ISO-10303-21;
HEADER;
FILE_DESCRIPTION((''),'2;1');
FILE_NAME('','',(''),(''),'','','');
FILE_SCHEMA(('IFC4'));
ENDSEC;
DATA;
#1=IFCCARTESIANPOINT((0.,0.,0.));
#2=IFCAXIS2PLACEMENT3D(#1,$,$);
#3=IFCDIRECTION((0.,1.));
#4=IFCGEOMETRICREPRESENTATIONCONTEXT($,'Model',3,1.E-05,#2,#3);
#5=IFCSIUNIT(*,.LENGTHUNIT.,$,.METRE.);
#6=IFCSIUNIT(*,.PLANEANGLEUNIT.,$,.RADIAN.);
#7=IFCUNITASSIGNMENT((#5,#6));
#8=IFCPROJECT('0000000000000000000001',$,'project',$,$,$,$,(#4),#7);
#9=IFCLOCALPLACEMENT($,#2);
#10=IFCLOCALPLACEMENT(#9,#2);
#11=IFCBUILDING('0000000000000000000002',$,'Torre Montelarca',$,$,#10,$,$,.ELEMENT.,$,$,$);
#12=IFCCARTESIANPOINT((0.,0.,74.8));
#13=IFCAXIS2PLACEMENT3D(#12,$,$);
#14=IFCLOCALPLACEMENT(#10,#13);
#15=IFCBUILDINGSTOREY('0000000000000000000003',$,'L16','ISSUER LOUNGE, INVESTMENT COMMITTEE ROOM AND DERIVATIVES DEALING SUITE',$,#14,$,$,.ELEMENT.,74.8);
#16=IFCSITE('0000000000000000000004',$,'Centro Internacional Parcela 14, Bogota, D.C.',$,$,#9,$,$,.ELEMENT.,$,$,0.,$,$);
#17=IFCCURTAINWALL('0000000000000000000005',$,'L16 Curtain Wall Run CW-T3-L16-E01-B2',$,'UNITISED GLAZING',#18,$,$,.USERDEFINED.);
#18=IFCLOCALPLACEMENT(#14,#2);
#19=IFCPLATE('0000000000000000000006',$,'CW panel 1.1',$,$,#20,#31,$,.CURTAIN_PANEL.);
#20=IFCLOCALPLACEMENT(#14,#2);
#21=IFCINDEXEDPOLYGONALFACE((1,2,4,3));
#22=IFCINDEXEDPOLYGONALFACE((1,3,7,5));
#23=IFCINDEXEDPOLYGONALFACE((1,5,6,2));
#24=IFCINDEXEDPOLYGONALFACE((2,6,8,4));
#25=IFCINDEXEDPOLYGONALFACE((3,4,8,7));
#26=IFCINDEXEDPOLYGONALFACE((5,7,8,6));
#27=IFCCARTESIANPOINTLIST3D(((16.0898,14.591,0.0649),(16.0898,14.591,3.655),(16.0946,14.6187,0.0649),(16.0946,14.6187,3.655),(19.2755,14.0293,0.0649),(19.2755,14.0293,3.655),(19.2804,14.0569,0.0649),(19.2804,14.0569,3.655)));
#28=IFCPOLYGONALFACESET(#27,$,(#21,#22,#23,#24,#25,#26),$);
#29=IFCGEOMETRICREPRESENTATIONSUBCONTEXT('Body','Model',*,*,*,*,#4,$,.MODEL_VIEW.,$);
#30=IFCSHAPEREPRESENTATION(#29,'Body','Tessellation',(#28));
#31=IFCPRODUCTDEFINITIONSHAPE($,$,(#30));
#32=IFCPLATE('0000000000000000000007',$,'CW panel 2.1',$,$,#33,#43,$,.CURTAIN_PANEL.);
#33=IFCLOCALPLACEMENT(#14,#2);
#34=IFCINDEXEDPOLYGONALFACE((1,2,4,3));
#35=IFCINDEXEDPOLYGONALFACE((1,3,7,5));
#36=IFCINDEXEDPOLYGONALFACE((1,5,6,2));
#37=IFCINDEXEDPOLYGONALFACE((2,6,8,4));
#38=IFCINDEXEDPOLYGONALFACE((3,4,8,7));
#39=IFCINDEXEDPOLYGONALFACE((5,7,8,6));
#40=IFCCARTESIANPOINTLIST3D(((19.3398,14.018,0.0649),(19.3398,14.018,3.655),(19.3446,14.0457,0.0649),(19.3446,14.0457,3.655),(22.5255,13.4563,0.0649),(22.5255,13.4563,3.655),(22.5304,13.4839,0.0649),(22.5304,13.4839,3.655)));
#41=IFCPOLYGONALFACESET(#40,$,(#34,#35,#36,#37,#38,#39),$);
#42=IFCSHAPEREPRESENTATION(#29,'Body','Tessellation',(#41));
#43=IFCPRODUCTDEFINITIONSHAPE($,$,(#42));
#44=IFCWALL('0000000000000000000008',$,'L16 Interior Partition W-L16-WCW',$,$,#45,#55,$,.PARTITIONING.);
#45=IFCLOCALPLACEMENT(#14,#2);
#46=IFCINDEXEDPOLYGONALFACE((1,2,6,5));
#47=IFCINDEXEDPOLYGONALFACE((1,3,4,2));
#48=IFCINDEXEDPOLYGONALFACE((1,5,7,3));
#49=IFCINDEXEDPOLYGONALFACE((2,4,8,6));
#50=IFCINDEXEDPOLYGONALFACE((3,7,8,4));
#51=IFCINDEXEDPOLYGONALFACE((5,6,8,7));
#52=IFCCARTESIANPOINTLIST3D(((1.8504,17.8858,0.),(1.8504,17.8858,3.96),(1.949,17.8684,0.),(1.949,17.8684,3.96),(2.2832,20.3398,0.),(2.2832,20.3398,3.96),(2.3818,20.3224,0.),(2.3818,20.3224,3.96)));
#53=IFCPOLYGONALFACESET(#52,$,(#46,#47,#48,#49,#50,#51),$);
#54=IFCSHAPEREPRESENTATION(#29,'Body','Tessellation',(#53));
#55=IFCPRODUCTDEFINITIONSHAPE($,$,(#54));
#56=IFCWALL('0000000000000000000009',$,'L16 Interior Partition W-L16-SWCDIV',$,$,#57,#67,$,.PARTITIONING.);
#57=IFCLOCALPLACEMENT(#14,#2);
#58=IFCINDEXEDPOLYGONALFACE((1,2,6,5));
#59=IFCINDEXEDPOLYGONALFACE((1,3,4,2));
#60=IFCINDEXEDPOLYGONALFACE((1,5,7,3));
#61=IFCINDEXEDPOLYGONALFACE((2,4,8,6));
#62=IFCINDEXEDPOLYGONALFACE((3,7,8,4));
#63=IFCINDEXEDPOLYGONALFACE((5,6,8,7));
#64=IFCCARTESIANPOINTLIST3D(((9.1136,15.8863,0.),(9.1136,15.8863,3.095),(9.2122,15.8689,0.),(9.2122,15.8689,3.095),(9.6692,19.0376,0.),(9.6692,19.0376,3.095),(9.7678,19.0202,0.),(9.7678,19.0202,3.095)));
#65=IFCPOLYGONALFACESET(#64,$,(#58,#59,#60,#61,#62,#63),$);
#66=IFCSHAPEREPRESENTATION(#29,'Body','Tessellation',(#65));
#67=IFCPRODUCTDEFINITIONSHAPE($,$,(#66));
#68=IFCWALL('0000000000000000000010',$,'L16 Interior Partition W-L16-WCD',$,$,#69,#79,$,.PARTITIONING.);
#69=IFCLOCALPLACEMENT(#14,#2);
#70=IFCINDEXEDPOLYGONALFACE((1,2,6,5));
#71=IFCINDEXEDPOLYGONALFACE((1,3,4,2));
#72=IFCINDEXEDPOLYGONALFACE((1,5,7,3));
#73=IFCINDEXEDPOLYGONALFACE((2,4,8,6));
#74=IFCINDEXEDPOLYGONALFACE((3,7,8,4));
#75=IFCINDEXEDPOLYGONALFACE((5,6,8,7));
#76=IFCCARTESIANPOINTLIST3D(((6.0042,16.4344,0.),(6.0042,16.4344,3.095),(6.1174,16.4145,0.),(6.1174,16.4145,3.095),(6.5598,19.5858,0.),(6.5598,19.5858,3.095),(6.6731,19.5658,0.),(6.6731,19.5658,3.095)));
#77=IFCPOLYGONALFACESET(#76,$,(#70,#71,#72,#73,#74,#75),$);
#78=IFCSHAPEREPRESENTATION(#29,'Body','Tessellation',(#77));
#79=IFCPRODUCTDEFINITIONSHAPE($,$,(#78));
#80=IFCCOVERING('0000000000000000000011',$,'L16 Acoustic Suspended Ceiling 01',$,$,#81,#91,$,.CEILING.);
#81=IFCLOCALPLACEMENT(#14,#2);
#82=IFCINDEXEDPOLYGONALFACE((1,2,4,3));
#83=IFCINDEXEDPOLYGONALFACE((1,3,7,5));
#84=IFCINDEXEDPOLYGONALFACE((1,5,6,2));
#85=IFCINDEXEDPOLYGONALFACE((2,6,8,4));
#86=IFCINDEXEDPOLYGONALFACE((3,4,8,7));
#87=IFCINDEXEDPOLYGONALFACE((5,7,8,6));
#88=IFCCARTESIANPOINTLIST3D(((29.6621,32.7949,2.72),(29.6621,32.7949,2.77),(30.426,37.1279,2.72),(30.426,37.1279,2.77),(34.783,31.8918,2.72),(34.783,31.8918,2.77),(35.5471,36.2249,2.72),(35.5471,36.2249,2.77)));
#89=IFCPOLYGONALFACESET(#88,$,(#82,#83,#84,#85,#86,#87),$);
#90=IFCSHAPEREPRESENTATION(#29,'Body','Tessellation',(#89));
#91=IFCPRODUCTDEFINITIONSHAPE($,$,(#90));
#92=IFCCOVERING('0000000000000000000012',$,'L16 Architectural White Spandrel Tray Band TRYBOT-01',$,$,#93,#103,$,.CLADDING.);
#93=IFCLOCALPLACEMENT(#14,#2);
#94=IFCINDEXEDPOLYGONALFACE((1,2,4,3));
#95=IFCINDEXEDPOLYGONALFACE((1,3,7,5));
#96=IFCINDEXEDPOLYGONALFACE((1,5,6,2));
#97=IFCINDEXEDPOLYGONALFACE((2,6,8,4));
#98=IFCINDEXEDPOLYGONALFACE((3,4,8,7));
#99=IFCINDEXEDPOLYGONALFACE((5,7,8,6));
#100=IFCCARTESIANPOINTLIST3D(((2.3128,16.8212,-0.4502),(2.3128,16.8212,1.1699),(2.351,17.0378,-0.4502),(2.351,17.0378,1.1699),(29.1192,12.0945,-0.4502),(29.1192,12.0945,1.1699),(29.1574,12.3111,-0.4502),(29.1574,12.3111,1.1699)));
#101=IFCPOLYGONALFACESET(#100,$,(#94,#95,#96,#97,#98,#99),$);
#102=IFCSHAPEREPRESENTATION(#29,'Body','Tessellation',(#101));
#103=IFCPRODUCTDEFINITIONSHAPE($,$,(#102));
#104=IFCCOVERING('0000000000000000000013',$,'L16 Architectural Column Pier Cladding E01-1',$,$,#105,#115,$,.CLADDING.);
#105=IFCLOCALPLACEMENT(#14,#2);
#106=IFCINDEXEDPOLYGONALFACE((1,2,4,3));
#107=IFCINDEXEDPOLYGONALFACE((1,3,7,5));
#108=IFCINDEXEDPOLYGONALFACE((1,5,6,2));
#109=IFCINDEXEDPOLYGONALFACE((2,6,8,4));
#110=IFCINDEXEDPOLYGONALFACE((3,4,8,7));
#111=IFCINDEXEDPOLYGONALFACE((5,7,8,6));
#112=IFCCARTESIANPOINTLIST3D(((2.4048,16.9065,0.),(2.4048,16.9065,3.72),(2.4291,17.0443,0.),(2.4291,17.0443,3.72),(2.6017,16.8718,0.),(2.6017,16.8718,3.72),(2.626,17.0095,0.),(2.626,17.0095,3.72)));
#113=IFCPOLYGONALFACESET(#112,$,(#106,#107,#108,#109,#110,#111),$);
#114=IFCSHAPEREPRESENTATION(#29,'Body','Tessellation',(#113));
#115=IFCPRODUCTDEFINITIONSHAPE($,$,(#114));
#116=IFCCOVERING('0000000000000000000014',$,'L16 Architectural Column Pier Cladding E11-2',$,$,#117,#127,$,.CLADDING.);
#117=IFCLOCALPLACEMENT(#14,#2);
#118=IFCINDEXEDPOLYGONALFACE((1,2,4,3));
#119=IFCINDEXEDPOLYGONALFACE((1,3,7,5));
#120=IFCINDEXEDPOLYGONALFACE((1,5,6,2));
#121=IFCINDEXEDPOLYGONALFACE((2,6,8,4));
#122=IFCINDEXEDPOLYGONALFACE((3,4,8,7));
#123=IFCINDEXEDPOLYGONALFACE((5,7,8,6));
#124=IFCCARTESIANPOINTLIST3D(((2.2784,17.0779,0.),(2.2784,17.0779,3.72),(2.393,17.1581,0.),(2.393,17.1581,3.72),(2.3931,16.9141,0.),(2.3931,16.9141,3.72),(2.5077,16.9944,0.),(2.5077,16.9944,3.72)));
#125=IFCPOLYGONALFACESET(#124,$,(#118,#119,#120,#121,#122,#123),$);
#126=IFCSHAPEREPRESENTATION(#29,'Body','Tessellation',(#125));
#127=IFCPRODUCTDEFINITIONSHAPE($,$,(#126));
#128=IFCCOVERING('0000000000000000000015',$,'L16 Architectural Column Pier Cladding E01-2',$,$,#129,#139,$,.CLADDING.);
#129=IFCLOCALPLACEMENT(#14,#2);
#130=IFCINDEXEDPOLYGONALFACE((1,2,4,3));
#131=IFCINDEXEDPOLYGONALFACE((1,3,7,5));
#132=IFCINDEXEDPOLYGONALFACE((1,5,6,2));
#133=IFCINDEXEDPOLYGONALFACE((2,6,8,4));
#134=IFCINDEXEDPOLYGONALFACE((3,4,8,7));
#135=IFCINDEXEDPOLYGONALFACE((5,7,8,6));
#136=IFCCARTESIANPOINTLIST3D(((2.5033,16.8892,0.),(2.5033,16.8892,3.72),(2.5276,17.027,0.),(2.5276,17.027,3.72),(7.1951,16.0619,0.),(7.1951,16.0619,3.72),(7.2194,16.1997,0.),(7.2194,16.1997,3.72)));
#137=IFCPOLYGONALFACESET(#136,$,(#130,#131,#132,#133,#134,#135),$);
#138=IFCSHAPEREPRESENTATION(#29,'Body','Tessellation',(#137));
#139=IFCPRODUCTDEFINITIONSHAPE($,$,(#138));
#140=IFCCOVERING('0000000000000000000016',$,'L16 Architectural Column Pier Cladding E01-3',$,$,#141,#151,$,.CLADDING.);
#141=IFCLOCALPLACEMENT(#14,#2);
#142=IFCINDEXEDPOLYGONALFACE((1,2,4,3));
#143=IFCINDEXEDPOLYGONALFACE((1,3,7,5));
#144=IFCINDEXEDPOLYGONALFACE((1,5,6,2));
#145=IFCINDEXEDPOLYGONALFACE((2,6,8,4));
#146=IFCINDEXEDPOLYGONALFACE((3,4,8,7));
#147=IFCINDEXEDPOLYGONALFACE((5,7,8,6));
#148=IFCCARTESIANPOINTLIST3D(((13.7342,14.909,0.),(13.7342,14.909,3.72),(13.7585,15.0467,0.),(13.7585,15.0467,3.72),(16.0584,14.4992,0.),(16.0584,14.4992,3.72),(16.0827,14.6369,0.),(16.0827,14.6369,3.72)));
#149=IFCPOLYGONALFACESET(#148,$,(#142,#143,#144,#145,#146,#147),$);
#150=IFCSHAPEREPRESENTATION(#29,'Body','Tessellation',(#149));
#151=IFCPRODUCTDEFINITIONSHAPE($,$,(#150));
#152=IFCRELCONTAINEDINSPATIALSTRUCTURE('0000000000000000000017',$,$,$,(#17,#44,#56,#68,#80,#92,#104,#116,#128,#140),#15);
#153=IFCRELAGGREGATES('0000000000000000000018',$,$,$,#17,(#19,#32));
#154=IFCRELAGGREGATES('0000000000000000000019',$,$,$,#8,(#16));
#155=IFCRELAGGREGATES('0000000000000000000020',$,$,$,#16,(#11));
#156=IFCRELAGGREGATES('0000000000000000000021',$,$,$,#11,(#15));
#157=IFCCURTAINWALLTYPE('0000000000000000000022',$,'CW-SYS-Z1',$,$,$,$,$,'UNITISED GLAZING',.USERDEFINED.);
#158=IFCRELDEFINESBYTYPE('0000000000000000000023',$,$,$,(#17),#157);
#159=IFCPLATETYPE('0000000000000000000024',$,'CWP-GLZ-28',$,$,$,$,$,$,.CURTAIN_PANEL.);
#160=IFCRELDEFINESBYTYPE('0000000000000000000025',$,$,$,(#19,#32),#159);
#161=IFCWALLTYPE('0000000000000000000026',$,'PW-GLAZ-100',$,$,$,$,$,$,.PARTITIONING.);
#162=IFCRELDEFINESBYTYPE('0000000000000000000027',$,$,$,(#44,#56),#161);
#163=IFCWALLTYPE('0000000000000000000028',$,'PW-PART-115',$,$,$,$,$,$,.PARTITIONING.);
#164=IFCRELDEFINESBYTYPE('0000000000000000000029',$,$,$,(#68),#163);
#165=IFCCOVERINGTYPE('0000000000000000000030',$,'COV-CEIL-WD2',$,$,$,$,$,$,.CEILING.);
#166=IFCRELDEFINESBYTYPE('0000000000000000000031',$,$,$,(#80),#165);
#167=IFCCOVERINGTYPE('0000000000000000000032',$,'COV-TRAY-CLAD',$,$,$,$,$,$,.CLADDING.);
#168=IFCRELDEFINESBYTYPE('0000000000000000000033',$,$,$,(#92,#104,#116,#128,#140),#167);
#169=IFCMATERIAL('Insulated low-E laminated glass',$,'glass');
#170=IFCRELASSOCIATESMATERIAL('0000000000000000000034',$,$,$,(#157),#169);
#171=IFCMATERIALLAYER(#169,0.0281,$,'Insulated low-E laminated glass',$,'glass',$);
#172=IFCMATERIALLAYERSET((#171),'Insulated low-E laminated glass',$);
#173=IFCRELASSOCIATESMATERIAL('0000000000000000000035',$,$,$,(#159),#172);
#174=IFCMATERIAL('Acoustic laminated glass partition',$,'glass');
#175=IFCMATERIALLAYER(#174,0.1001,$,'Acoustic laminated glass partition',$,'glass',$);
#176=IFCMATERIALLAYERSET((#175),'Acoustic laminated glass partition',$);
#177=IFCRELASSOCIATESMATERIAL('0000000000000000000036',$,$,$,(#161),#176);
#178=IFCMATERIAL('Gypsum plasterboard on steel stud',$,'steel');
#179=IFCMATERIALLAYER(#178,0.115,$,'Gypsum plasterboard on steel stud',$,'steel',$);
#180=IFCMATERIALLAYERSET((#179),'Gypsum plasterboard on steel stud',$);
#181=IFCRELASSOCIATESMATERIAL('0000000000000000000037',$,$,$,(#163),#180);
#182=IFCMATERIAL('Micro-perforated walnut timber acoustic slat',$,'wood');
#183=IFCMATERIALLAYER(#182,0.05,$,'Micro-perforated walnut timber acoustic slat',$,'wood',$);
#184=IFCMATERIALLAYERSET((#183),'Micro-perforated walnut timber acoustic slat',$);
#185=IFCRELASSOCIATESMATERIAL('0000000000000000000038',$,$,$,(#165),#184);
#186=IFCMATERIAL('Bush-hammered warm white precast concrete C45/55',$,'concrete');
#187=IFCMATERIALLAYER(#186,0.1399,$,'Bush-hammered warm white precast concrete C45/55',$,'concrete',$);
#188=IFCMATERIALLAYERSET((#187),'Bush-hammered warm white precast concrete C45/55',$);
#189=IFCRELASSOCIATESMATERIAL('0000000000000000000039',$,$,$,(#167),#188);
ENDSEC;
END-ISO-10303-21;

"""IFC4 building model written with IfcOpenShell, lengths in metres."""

from ifc_helpers import new_model, si_unit, direction, frame, frame_2d, origin, origin_2d, place, context, subcontext, project, spatial, polyline, rectangle, outline, extrude, source, transform, mapped, material, layer, layer_set, type_object, element, aggregate, save


model = new_model("IFC4")

# Units and contexts
model_context = context("Model", 3, precision=1e-05, world=origin(), true_north=direction((0.0, 1.0)))
body_context = subcontext(model_context, "Body", "Model", "MODEL_VIEW")
ifc_project = project(units=[si_unit("LENGTHUNIT", "METRE"), si_unit("PLANEANGLEUNIT", "RADIAN")], contexts=[model_context])

# Site, building, storey
site_placement = place(None, origin())
site = spatial("IfcSite", under=ifc_project, at=site_placement, Name="Centro Internacional Parcela 14, Bogota, D.C.", CompositionType="ELEMENT", RefElevation=0.0)
building_placement = place(site_placement, origin())
building = spatial("IfcBuilding", under=site, at=building_placement, Name="Torre Montelarca", CompositionType="ELEMENT")
storey_placement = place(building_placement, frame((0.0, 0.0, 74.8)))
storey = spatial("IfcBuildingStorey", under=building, at=storey_placement, Name="L16", Description="ISSUER LOUNGE, INVESTMENT COMMITTEE ROOM AND DERIVATIVES DEALING SUITE", CompositionType="ELEMENT", Elevation=74.8)

# Curtain wall
ifc_material_1 = material(Name="Insulated low-E laminated glass", Category="glass")
curtain_wall_type = type_object("IfcCurtainWallType", Name="CW-SYS-Z1", ElementType="UNITISED GLAZING", PredefinedType="USERDEFINED", material=ifc_material_1)
curtain_wall_1_placement = place(storey_placement, origin())
curtain_wall_1 = element("IfcCurtainWall", 1, at=curtain_wall_1_placement, inside=storey, type_object=curtain_wall_type, Name="L16 Curtain Wall Run CW-T3-L16-E01-B2", ObjectType="UNITISED GLAZING", PredefinedType="USERDEFINED")

# Plates
ifc_layer_1 = layer(ifc_material_1, 0.0281, Name="Insulated low-E laminated glass", Category="glass")
ifc_layer_set_1 = layer_set([ifc_layer_1], Name="Insulated low-E laminated glass")
plate_type = type_object("IfcPlateType", Name="CWP-GLZ-28", PredefinedType="CURTAIN_PANEL", material=ifc_layer_set_1)
shared_shape_1 = source(origin(), body_context, "Body", "SweptSolid", [
    extrude(rectangle(XDim=3.2349, YDim=0.0281, at=origin_2d()), origin(), (0.0, 0.0, 1.0), 3.5901),
])
plate_1_placement = place(storey_placement, frame((17.6851, 14.324, 0.0649), z_axis=(0.0, 0.0, 1.0), x_axis=(0.984807, -0.173654, 0.0)))
plate_1 = element("IfcPlate", 2, at=plate_1_placement, type_object=plate_type, Name="CW panel 1.1", PredefinedType="CURTAIN_PANEL", context=body_context, shape_type="MappedRepresentation", body=[
    mapped(shared_shape_1, transform((0.0, 0.0, 0.0), scale=1.0)),
])
plate_2_placement = place(storey_placement, frame((20.9351, 13.751, 0.0649), z_axis=(0.0, 0.0, 1.0), x_axis=(0.984807, -0.173654, 0.0)))
plate_2 = element("IfcPlate", 3, at=plate_2_placement, type_object=plate_type, Name="CW panel 2.1", PredefinedType="CURTAIN_PANEL", context=body_context, shape_type="MappedRepresentation", body=[
    mapped(shared_shape_1, transform((0.0, 0.0, 0.0), scale=1.0)),
])
aggregate(curtain_wall_1, [plate_1, plate_2])

# Walls
ifc_material_2 = material(Name="Acoustic laminated glass partition", Category="glass")
ifc_layer_2 = layer(ifc_material_2, 0.1001, Name="Acoustic laminated glass partition", Category="glass")
ifc_layer_set_2 = layer_set([ifc_layer_2], Name="Acoustic laminated glass partition")
wall_type_1 = type_object("IfcWallType", Name="PW-GLAZ-100", PredefinedType="PARTITIONING", material=ifc_layer_set_2)
wall_1_placement = place(storey_placement, frame((1.8997, 17.877, 0.0), z_axis=(0.0, 0.0, 1.0), x_axis=(0.173701, 0.984798, 0.0)))
element("IfcWall", 4, at=wall_1_placement, inside=storey, type_object=wall_type_1, Name="L16 Interior Partition W-L16-WCW", PredefinedType="PARTITIONING", context=body_context, shape_type="SweptSolid", body=[
    extrude(rectangle(XDim=2.4919, YDim=0.1001, at=frame_2d((1.2461, 0.0))), origin(), (0.0, 0.0, 1.0), 3.96),
])
wall_2_placement = place(storey_placement, frame((9.1628, 15.8774, 0.0), z_axis=(0.0, 0.0, 1.0), x_axis=(0.173646, 0.984808, 0.0)))
element("IfcWall", 5, at=wall_2_placement, inside=storey, type_object=wall_type_1, Name="L16 Interior Partition W-L16-SWCDIV", PredefinedType="PARTITIONING", context=body_context, shape_type="SweptSolid", body=[
    extrude(rectangle(XDim=3.2, YDim=0.1001, at=frame_2d((1.6001, 0.0))), origin(), (0.0, 0.0, 1.0), 3.095),
])
ifc_material_3 = material(Name="Gypsum plasterboard on steel stud", Category="steel")
ifc_layer_3 = layer(ifc_material_3, 0.115, Name="Gypsum plasterboard on steel stud", Category="steel")
ifc_layer_set_3 = layer_set([ifc_layer_3], Name="Gypsum plasterboard on steel stud")
wall_type_2 = type_object("IfcWallType", Name="PW-PART-115", PredefinedType="PARTITIONING", material=ifc_layer_set_3)
wall_3_placement = place(storey_placement, frame((6.0608, 16.4243, 0.0), z_axis=(0.0, 0.0, 1.0), x_axis=(0.173646, 0.984808, 0.0)))
element("IfcWall", 6, at=wall_3_placement, inside=storey, type_object=wall_type_2, Name="L16 Interior Partition W-L16-WCD", PredefinedType="PARTITIONING", context=body_context, shape_type="SweptSolid", body=[
    extrude(rectangle(XDim=3.2, YDim=0.115, at=frame_2d((1.6001, 0.0))), origin(), (0.0, 0.0, 1.0), 3.095),
])

# Coverings
ifc_material_4 = material(Name="Micro-perforated walnut timber acoustic slat", Category="wood")
ifc_layer_4 = layer(ifc_material_4, 0.05, Name="Micro-perforated walnut timber acoustic slat", Category="wood")
ifc_layer_set_4 = layer_set([ifc_layer_4], Name="Micro-perforated walnut timber acoustic slat")
covering_type_1 = type_object("IfcCoveringType", Name="COV-CEIL-WD2", PredefinedType="CEILING", material=ifc_layer_set_4)
covering_1_placement = place(storey_placement, frame((0.0, 0.0, 2.72)))
element("IfcCovering", 7, at=covering_1_placement, inside=storey, type_object=covering_type_1, Name="L16 Acoustic Suspended Ceiling 01", PredefinedType="CEILING", context=body_context, shape_type="SweptSolid", body=[
    extrude(outline(polyline([(29.6621, 32.7949), (34.783, 31.8918), (35.5471, 36.2249), (30.426, 37.1279), (29.6621, 32.7949)])), origin(), (0.0, 0.0, 1.0), 0.05),
])
ifc_material_5 = material(Name="Bush-hammered warm white precast concrete C45/55", Category="concrete")
ifc_layer_5 = layer(ifc_material_5, 0.1399, Name="Bush-hammered warm white precast concrete C45/55", Category="concrete")
ifc_layer_set_5 = layer_set([ifc_layer_5], Name="Bush-hammered warm white precast concrete C45/55")
covering_type_2 = type_object("IfcCoveringType", Name="COV-TRAY-CLAD", PredefinedType="CLADDING", material=ifc_layer_set_5)
shared_shape_2 = source(origin(), body_context, "Body", "SweptSolid", [
    extrude(rectangle(XDim=27.22, YDim=0.22, at=origin_2d()), origin(), (0.0, 0.0, 1.0), 1.6201),
])
covering_2_placement = place(storey_placement, frame((15.7351, 14.5662, -0.4502), z_axis=(0.0, 0.0, 1.0), x_axis=(0.984807, -0.17365, 0.0)))
element("IfcCovering", 8, at=covering_2_placement, inside=storey, type_object=covering_type_2, Name="L16 Architectural White Spandrel Tray Band TRYBOT-01", PredefinedType="CLADDING", context=body_context, shape_type="MappedRepresentation", body=[
    mapped(shared_shape_2, transform((0.0, 0.0, 0.0), scale=1.0)),
])
shared_shape_3 = source(origin(), body_context, "Body", "SweptSolid", [
    extrude(rectangle(XDim=0.2, YDim=0.1399, at=origin_2d()), origin(), (0.0, 0.0, 1.0), 3.72),
])
for number, where, z_axis, x_axis, name in (
    (9, (2.5154, 16.958, 0.0), (0.0, 0.0, 1.0), (0.984808, -0.173648, 0.0), "L16 Architectural Column Pier Cladding E01-1"),
    (10, (2.3931, 17.0361, 0.0), (0.0, 0.0, 1.0), (0.573558, -0.819165, 0.0), "L16 Architectural Column Pier Cladding E11-2"),
):
    element("IfcCovering", number, at=place(storey_placement, frame(where, z_axis=z_axis, x_axis=x_axis)), inside=storey, type_object=covering_type_2, Name=name, PredefinedType="CLADDING", context=body_context, shape_type="MappedRepresentation", body=[
        mapped(shared_shape_3, transform((0.0, 0.0, 0.0), scale=1.0)),
    ])
shared_shape_4 = source(origin(), body_context, "Body", "SweptSolid", [
    extrude(rectangle(XDim=4.7642, YDim=0.1399, at=origin_2d()), origin(), (0.0, 0.0, 1.0), 3.72),
])
covering_3_placement = place(storey_placement, frame((4.8613, 16.5444, 0.0), z_axis=(0.0, 0.0, 1.0), x_axis=(0.984808, -0.173648, 0.0)))
element("IfcCovering", 11, at=covering_3_placement, inside=storey, type_object=covering_type_2, Name="L16 Architectural Column Pier Cladding E01-2", PredefinedType="CLADDING", context=body_context, shape_type="MappedRepresentation", body=[
    mapped(shared_shape_4, transform((0.0, 0.0, 0.0), scale=1.0)),
])
shared_shape_5 = source(origin(), body_context, "Body", "SweptSolid", [
    extrude(rectangle(XDim=2.3601, YDim=0.1399, at=origin_2d()), origin(), (0.0, 0.0, 1.0), 3.72),
])
covering_4_placement = place(storey_placement, frame((14.9084, 14.7729, 0.0), z_axis=(0.0, 0.0, 1.0), x_axis=(0.984808, -0.173648, 0.0)))
element("IfcCovering", 12, at=covering_4_placement, inside=storey, type_object=covering_type_2, Name="L16 Architectural Column Pier Cladding E01-3", PredefinedType="CLADDING", context=body_context, shape_type="MappedRepresentation", body=[
    mapped(shared_shape_5, transform((0.0, 0.0, 0.0), scale=1.0)),
])

save(model, "model.ifc")
